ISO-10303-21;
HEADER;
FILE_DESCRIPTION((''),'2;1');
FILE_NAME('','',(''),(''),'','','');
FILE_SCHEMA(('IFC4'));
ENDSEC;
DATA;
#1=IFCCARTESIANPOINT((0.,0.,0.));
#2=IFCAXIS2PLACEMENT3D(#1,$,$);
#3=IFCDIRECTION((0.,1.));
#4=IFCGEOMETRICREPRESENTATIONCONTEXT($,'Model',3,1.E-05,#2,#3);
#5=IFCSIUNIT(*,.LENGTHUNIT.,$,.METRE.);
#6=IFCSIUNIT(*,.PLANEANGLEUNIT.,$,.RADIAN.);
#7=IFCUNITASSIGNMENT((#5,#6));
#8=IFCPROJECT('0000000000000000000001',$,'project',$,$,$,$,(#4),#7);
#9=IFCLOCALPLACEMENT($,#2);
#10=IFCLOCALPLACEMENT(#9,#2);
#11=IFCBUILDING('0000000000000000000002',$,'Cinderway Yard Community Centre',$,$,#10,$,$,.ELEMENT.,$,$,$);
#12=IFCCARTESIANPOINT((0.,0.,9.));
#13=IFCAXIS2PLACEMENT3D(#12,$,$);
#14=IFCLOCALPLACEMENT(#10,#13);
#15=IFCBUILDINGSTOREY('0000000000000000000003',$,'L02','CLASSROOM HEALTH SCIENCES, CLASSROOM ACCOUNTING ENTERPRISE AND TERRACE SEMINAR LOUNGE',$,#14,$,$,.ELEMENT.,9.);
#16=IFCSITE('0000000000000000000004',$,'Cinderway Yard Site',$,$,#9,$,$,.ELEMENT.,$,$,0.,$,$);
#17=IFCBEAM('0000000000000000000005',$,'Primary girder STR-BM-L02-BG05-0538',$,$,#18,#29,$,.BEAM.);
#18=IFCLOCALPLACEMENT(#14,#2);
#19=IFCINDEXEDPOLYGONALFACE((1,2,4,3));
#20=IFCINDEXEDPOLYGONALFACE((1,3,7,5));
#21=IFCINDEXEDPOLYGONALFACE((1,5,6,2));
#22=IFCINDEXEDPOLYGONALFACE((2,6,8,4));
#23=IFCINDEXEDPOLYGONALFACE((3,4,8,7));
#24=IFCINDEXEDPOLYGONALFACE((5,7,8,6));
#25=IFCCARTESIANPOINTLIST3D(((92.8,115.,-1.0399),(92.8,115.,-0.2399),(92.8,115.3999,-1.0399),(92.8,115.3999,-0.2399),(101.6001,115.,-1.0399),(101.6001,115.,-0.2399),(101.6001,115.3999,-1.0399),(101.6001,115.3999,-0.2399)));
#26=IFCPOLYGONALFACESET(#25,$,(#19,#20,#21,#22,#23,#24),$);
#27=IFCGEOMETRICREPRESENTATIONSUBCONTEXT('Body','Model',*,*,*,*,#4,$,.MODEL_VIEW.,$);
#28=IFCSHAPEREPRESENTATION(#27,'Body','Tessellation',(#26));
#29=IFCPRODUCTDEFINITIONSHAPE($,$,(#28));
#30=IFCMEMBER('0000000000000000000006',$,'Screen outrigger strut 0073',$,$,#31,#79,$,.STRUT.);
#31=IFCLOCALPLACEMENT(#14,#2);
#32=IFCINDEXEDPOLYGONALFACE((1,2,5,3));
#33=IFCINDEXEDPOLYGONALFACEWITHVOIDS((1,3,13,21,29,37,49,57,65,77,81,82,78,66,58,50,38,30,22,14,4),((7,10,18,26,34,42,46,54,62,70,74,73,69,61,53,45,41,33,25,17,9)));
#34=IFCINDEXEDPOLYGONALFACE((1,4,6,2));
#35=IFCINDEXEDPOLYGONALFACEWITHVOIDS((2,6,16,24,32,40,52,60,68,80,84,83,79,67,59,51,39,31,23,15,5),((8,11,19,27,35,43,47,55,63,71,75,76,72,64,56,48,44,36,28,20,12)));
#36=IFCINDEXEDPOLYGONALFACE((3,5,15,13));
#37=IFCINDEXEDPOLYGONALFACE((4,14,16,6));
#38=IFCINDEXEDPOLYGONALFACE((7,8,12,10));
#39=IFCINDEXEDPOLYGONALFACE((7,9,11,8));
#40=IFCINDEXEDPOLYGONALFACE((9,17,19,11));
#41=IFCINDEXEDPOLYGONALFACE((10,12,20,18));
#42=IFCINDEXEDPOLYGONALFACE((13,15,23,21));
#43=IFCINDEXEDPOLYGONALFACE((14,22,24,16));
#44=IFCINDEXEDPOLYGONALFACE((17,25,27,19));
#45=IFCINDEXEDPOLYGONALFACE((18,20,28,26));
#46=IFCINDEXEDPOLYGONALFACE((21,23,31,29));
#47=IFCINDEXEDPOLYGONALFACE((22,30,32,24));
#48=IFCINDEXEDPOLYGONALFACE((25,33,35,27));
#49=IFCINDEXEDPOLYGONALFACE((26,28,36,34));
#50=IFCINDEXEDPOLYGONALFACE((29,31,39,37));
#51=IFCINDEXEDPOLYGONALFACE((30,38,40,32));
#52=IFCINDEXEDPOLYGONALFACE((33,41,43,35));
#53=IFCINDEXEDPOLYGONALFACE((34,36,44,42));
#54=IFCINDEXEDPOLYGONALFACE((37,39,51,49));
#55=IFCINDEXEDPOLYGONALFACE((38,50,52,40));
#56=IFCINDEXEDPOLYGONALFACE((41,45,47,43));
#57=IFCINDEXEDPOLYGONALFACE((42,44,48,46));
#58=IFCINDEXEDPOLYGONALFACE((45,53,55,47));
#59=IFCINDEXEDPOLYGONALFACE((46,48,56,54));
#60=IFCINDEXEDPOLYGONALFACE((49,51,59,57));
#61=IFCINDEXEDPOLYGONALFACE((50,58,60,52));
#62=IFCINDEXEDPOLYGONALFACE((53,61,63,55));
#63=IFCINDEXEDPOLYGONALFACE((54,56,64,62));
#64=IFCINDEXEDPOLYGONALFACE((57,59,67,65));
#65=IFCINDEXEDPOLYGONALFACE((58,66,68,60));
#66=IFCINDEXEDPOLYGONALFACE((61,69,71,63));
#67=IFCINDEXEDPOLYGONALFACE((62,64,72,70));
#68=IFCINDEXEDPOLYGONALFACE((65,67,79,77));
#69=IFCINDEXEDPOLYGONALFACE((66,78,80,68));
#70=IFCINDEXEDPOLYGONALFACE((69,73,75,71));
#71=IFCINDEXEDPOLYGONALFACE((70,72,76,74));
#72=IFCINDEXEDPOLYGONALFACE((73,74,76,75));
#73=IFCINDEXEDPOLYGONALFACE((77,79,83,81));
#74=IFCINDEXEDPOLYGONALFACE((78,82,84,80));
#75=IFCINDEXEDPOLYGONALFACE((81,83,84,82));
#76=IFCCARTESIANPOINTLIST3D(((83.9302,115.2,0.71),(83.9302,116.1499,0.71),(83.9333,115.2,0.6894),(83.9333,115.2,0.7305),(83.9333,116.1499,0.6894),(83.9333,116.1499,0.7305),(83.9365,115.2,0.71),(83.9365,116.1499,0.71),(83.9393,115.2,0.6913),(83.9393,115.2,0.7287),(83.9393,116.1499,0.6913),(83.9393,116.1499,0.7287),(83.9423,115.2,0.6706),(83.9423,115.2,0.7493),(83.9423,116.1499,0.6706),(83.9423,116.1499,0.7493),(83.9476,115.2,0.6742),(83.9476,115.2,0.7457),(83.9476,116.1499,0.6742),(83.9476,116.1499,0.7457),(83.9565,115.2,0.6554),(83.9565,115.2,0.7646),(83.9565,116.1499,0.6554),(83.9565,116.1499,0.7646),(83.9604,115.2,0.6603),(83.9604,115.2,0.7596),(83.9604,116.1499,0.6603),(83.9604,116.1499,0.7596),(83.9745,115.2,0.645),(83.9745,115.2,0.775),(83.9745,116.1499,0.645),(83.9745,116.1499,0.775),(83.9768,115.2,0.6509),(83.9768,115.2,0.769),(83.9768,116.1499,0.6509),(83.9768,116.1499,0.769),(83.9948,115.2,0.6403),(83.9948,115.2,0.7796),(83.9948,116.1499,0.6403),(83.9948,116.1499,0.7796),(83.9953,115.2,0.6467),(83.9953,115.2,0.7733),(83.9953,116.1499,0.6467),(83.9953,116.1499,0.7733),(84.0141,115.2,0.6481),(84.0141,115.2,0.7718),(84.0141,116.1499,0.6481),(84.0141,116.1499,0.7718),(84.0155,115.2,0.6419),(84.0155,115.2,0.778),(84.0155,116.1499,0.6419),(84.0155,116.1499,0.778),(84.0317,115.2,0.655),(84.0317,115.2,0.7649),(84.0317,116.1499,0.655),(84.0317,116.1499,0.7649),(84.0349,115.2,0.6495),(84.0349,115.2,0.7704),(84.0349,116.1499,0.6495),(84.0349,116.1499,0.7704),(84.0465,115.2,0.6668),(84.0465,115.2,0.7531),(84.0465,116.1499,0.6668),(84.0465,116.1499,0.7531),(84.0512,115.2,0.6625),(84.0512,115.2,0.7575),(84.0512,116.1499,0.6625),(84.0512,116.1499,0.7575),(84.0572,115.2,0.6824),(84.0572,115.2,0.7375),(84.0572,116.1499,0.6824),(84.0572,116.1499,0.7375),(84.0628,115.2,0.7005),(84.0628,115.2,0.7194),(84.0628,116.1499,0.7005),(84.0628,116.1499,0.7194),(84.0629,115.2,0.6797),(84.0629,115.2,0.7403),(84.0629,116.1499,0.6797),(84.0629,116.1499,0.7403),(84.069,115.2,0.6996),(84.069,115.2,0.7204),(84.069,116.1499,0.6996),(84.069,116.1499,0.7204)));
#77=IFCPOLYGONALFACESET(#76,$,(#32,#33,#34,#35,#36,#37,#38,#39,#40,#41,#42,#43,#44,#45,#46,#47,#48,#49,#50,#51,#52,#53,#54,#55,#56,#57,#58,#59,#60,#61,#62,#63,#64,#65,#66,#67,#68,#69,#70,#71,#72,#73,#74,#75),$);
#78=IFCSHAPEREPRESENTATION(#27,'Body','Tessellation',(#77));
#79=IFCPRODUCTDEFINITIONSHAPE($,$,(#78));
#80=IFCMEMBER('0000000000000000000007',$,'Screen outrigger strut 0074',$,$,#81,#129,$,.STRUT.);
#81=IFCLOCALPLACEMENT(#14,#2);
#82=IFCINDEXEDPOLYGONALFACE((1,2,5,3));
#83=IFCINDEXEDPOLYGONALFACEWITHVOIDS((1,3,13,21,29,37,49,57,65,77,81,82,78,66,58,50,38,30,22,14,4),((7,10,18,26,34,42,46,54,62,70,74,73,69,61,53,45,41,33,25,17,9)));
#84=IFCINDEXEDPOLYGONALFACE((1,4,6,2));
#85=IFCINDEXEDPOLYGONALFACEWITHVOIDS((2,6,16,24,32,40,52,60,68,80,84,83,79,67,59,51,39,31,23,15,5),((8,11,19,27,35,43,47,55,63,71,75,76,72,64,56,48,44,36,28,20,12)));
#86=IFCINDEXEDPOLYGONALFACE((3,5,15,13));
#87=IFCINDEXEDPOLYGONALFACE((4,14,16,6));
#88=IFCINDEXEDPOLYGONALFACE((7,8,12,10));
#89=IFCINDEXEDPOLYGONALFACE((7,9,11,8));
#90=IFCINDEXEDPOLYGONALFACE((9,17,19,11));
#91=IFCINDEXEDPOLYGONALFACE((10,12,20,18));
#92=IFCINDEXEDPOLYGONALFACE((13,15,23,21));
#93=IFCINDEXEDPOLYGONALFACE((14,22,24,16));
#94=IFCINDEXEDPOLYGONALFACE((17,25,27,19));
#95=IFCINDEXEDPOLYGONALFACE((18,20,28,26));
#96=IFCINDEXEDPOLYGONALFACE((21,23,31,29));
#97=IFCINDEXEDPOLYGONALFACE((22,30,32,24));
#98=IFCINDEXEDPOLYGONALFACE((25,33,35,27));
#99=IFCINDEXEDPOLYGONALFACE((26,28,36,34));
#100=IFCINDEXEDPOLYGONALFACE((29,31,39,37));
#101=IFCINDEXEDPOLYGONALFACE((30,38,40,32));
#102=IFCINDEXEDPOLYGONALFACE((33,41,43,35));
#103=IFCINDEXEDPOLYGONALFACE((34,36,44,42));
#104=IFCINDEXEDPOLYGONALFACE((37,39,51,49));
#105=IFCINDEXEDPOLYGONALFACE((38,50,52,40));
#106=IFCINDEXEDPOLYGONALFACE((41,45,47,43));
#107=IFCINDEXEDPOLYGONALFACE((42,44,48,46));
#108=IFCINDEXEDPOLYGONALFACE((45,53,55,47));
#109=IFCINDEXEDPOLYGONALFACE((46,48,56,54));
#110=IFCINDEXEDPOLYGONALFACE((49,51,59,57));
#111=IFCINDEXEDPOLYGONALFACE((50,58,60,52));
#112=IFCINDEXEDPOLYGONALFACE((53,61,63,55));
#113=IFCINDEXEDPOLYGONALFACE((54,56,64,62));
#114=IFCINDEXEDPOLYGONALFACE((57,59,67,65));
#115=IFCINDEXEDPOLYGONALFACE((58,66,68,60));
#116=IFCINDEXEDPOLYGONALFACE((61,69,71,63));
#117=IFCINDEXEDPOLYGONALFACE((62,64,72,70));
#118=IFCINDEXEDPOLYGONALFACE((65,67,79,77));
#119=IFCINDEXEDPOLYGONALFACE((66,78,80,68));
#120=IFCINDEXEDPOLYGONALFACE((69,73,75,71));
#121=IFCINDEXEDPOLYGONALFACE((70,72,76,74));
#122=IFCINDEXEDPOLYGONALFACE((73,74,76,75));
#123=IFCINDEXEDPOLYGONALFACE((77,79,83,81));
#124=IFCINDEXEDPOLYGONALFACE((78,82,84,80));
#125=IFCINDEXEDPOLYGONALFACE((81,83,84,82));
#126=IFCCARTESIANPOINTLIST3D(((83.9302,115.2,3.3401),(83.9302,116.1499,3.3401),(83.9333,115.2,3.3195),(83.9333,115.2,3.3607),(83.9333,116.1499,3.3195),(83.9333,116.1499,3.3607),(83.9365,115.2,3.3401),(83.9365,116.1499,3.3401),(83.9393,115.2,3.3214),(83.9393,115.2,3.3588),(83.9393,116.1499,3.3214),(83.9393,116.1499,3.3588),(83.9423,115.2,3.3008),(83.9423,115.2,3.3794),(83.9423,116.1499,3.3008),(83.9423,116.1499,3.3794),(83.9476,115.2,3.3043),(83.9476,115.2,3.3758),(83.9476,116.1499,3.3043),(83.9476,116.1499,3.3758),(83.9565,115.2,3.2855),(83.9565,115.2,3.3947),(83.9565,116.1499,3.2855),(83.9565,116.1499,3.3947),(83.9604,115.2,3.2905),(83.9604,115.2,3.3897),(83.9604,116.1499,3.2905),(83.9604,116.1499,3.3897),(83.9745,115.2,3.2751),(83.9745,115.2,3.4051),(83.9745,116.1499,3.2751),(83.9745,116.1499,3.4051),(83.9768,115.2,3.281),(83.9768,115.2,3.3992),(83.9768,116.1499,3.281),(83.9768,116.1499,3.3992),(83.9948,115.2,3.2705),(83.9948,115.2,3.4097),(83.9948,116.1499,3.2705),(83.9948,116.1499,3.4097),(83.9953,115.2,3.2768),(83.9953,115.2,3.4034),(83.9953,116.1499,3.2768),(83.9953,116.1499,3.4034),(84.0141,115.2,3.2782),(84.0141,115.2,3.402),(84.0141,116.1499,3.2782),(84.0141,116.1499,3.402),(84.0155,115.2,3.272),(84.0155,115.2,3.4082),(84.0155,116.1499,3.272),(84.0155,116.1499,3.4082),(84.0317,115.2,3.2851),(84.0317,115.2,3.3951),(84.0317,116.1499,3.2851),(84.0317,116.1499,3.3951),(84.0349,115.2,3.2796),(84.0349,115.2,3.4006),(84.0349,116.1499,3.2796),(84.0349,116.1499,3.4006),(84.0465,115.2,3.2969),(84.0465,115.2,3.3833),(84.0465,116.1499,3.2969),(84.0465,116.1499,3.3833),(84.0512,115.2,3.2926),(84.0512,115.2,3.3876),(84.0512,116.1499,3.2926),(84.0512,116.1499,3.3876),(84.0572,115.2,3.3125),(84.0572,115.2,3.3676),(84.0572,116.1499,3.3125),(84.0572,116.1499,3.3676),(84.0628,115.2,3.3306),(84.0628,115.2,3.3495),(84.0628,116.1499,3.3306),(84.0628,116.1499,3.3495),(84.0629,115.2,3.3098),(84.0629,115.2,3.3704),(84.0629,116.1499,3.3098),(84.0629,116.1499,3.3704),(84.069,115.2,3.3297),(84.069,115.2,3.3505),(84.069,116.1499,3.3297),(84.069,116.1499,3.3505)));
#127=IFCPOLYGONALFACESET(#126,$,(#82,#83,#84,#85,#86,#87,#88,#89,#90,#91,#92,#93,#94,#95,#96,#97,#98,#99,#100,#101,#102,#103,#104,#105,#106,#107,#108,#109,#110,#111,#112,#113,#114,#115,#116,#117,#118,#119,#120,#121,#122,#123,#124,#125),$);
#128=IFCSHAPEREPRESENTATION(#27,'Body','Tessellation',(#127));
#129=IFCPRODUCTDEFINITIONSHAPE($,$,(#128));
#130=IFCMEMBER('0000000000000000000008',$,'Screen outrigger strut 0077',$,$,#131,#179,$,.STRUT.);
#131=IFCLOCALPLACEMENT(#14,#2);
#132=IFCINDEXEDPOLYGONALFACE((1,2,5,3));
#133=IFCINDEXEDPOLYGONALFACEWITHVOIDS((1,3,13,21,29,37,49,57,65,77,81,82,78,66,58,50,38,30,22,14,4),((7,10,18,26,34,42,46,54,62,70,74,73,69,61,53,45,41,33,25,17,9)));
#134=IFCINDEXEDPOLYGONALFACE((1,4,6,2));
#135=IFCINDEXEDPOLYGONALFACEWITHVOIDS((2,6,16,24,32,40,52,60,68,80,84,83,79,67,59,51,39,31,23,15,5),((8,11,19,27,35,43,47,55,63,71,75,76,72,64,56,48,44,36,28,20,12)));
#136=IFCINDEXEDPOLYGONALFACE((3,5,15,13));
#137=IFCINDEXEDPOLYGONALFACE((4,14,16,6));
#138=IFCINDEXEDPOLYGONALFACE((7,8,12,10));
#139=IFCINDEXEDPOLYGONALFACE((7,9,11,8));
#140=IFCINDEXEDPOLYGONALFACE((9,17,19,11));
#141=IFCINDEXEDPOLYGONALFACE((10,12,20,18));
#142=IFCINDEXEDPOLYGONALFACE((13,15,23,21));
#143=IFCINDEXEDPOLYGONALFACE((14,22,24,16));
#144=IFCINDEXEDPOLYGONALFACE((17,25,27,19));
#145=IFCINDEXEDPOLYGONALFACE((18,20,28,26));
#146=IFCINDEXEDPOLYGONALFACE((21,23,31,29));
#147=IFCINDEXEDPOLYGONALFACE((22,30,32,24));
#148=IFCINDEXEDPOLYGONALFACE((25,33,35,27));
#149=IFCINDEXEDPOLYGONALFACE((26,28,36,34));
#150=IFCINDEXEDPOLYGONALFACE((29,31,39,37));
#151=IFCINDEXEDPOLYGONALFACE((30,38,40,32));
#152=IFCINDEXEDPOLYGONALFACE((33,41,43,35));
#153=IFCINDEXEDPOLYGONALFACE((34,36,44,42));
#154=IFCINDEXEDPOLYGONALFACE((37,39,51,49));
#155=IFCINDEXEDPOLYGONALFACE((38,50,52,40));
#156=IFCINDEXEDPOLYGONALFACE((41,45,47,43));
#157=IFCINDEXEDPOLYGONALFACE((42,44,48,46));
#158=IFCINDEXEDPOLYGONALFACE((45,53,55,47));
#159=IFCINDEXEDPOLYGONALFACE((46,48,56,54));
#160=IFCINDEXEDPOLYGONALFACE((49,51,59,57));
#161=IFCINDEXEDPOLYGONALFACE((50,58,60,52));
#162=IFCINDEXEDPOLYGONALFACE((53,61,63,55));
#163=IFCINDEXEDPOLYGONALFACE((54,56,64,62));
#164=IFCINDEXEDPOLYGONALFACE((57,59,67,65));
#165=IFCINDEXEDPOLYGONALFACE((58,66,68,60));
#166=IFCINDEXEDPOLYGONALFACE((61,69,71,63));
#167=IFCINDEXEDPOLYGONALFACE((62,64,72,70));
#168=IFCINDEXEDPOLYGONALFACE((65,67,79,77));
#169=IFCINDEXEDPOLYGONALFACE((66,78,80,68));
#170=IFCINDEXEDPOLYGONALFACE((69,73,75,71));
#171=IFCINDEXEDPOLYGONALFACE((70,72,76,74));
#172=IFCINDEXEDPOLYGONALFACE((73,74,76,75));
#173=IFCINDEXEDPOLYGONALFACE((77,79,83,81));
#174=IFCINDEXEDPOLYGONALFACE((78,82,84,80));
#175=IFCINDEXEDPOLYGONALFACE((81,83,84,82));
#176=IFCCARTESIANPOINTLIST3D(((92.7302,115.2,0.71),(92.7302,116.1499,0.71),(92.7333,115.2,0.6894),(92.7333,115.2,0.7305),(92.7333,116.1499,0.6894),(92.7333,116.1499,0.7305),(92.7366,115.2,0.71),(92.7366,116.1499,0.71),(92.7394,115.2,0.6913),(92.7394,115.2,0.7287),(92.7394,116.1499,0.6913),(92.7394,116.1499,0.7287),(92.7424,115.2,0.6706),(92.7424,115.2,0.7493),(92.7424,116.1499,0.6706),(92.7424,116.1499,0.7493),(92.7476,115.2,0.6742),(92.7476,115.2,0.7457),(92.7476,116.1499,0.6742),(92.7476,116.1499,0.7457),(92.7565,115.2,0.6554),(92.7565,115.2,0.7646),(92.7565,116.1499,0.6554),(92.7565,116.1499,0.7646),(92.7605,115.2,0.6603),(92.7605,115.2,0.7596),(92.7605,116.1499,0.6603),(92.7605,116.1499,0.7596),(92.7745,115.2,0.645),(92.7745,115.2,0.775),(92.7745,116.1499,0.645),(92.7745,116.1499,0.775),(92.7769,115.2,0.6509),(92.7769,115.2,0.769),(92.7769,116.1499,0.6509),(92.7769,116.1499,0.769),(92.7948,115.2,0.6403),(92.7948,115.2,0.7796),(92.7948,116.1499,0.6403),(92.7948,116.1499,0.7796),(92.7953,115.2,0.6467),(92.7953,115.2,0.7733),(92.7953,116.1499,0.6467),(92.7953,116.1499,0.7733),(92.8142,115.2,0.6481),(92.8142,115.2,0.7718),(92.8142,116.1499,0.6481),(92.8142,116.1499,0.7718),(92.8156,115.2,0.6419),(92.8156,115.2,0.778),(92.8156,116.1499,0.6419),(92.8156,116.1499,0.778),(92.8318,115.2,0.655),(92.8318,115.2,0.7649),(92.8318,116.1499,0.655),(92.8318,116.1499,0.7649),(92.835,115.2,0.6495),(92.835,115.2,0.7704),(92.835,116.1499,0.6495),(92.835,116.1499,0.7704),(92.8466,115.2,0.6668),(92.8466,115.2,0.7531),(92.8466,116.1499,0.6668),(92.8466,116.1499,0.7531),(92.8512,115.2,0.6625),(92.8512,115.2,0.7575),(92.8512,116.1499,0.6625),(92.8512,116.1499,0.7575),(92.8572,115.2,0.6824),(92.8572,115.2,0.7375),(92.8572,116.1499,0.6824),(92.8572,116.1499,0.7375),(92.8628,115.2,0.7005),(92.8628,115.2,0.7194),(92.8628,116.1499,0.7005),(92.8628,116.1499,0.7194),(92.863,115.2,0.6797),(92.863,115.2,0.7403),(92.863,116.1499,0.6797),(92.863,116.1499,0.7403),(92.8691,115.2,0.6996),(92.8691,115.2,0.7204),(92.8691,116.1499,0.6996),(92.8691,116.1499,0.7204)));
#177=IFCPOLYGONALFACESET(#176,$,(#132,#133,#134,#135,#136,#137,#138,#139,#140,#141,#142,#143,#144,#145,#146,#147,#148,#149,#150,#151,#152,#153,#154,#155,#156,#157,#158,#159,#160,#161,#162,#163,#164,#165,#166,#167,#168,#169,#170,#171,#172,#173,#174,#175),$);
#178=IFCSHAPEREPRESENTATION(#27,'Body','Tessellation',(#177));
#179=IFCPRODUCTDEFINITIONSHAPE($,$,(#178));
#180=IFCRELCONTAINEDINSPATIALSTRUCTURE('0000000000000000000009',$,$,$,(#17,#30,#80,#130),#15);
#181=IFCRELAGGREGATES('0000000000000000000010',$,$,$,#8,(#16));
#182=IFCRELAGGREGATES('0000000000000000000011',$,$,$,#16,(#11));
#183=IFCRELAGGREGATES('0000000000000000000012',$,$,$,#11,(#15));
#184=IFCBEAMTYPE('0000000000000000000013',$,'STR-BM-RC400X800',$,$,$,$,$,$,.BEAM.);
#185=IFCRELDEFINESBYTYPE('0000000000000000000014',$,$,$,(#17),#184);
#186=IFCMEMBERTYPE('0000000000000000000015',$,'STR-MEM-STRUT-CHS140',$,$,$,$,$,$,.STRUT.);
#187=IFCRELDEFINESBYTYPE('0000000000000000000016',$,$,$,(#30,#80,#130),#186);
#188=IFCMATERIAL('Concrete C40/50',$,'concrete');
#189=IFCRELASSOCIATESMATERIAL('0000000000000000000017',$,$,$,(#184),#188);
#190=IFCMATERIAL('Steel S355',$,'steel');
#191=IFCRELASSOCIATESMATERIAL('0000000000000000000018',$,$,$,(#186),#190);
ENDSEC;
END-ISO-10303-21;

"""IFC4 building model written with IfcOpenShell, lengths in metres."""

from ifc_helpers import new_model, si_unit, direction, frame, origin, origin_2d, place, context, subcontext, project, spatial, rectangle, hollow_circle, extrude, material, material_profile, profile_set, type_object, element, save


model = new_model("IFC4")

# Units and contexts
model_context = context("Model", 3, precision=1e-05, world=origin(), true_north=direction((0.0, 1.0)))
body_context = subcontext(model_context, "Body", "Model", "MODEL_VIEW")
ifc_project = project(units=[si_unit("LENGTHUNIT", "METRE"), si_unit("PLANEANGLEUNIT", "RADIAN")], contexts=[model_context])

# Site, building, storey
site_placement = place(None, origin())
site = spatial("IfcSite", under=ifc_project, at=site_placement, Name="Cinderway Yard Site", CompositionType="ELEMENT", RefElevation=0.0)
building_placement = place(site_placement, origin())
building = spatial("IfcBuilding", under=site, at=building_placement, Name="Cinderway Yard Community Centre", CompositionType="ELEMENT")
storey_placement = place(building_placement, frame((0.0, 0.0, 9.0)))
storey = spatial("IfcBuildingStorey", under=building, at=storey_placement, Name="L02", Description="CLASSROOM HEALTH SCIENCES, CLASSROOM ACCOUNTING ENTERPRISE AND TERRACE SEMINAR LOUNGE", CompositionType="ELEMENT", Elevation=9.0)

# Shared definitions
ifc_material_1 = material(Name="Concrete C40/50", Category="concrete")

# Beam
ifc_material_profile_1 = material_profile(ifc_material_1, rectangle(XDim=0.3999, YDim=0.8, at=origin_2d()), Name="Concrete C40/50")
ifc_profile_set_1 = profile_set([ifc_material_profile_1], Name="Concrete C40/50")
beam_type_1 = type_object("IfcBeamType", Name="STR-BM-RC400X800", PredefinedType="BEAM", material=ifc_profile_set_1)
for number, where, z_axis, x_axis, name in (
    (1, (92.8, 115.2, -0.6399), (1.0, 0.0, 0.0), (0.0, 1.0, 0.0), "Primary girder STR-BM-L02-BG05-0538"),
):
    element("IfcBeam", number, at=place(storey_placement, frame(where, z_axis=z_axis, x_axis=x_axis)), inside=storey, type_object=beam_type_1, Name=name, PredefinedType="BEAM", context=body_context, shape_type="SweptSolid", body=[
        extrude(rectangle(XDim=0.3999, YDim=0.8, at=origin_2d()), origin(), (0.0, 0.0, 1.0), 8.8),
    ])

# Members
ifc_material_2 = material(Name="Steel S355", Category="steel")
ifc_material_profile_2 = material_profile(ifc_material_2, hollow_circle(Radius=0.0698, WallThickness=0.0063, at=origin_2d()), Name="Steel S355")
ifc_profile_set_2 = profile_set([ifc_material_profile_2], Name="Steel S355")
member_type_1 = type_object("IfcMemberType", Name="STR-MEM-STRUT-CHS140", PredefinedType="STRUT", material=ifc_profile_set_2)
for number, where, z_axis, x_axis, name in (
    (2, (84.0, 115.2, 0.71), (0.0, 1.0, 0.0), (-1.0, 0.0, 0.0), "Screen outrigger strut 0073"),
    (3, (84.0, 115.2, 3.3401), (0.0, 1.0, 0.0), (-1.0, 0.0, 0.0), "Screen outrigger strut 0074"),
    (4, (92.8, 115.2, 0.71), (0.0, 1.0, 0.0), (-1.0, 0.0, 0.0), "Screen outrigger strut 0077"),
):
    element("IfcMember", number, at=place(storey_placement, frame(where, z_axis=z_axis, x_axis=x_axis)), inside=storey, type_object=member_type_1, Name=name, PredefinedType="STRUT", context=body_context, shape_type="SweptSolid", body=[
        extrude(hollow_circle(Radius=0.0698, WallThickness=0.0063, at=origin_2d()), origin(), (0.0, 0.0, 1.0), 0.95),
    ])

save(model, "model.ifc")
